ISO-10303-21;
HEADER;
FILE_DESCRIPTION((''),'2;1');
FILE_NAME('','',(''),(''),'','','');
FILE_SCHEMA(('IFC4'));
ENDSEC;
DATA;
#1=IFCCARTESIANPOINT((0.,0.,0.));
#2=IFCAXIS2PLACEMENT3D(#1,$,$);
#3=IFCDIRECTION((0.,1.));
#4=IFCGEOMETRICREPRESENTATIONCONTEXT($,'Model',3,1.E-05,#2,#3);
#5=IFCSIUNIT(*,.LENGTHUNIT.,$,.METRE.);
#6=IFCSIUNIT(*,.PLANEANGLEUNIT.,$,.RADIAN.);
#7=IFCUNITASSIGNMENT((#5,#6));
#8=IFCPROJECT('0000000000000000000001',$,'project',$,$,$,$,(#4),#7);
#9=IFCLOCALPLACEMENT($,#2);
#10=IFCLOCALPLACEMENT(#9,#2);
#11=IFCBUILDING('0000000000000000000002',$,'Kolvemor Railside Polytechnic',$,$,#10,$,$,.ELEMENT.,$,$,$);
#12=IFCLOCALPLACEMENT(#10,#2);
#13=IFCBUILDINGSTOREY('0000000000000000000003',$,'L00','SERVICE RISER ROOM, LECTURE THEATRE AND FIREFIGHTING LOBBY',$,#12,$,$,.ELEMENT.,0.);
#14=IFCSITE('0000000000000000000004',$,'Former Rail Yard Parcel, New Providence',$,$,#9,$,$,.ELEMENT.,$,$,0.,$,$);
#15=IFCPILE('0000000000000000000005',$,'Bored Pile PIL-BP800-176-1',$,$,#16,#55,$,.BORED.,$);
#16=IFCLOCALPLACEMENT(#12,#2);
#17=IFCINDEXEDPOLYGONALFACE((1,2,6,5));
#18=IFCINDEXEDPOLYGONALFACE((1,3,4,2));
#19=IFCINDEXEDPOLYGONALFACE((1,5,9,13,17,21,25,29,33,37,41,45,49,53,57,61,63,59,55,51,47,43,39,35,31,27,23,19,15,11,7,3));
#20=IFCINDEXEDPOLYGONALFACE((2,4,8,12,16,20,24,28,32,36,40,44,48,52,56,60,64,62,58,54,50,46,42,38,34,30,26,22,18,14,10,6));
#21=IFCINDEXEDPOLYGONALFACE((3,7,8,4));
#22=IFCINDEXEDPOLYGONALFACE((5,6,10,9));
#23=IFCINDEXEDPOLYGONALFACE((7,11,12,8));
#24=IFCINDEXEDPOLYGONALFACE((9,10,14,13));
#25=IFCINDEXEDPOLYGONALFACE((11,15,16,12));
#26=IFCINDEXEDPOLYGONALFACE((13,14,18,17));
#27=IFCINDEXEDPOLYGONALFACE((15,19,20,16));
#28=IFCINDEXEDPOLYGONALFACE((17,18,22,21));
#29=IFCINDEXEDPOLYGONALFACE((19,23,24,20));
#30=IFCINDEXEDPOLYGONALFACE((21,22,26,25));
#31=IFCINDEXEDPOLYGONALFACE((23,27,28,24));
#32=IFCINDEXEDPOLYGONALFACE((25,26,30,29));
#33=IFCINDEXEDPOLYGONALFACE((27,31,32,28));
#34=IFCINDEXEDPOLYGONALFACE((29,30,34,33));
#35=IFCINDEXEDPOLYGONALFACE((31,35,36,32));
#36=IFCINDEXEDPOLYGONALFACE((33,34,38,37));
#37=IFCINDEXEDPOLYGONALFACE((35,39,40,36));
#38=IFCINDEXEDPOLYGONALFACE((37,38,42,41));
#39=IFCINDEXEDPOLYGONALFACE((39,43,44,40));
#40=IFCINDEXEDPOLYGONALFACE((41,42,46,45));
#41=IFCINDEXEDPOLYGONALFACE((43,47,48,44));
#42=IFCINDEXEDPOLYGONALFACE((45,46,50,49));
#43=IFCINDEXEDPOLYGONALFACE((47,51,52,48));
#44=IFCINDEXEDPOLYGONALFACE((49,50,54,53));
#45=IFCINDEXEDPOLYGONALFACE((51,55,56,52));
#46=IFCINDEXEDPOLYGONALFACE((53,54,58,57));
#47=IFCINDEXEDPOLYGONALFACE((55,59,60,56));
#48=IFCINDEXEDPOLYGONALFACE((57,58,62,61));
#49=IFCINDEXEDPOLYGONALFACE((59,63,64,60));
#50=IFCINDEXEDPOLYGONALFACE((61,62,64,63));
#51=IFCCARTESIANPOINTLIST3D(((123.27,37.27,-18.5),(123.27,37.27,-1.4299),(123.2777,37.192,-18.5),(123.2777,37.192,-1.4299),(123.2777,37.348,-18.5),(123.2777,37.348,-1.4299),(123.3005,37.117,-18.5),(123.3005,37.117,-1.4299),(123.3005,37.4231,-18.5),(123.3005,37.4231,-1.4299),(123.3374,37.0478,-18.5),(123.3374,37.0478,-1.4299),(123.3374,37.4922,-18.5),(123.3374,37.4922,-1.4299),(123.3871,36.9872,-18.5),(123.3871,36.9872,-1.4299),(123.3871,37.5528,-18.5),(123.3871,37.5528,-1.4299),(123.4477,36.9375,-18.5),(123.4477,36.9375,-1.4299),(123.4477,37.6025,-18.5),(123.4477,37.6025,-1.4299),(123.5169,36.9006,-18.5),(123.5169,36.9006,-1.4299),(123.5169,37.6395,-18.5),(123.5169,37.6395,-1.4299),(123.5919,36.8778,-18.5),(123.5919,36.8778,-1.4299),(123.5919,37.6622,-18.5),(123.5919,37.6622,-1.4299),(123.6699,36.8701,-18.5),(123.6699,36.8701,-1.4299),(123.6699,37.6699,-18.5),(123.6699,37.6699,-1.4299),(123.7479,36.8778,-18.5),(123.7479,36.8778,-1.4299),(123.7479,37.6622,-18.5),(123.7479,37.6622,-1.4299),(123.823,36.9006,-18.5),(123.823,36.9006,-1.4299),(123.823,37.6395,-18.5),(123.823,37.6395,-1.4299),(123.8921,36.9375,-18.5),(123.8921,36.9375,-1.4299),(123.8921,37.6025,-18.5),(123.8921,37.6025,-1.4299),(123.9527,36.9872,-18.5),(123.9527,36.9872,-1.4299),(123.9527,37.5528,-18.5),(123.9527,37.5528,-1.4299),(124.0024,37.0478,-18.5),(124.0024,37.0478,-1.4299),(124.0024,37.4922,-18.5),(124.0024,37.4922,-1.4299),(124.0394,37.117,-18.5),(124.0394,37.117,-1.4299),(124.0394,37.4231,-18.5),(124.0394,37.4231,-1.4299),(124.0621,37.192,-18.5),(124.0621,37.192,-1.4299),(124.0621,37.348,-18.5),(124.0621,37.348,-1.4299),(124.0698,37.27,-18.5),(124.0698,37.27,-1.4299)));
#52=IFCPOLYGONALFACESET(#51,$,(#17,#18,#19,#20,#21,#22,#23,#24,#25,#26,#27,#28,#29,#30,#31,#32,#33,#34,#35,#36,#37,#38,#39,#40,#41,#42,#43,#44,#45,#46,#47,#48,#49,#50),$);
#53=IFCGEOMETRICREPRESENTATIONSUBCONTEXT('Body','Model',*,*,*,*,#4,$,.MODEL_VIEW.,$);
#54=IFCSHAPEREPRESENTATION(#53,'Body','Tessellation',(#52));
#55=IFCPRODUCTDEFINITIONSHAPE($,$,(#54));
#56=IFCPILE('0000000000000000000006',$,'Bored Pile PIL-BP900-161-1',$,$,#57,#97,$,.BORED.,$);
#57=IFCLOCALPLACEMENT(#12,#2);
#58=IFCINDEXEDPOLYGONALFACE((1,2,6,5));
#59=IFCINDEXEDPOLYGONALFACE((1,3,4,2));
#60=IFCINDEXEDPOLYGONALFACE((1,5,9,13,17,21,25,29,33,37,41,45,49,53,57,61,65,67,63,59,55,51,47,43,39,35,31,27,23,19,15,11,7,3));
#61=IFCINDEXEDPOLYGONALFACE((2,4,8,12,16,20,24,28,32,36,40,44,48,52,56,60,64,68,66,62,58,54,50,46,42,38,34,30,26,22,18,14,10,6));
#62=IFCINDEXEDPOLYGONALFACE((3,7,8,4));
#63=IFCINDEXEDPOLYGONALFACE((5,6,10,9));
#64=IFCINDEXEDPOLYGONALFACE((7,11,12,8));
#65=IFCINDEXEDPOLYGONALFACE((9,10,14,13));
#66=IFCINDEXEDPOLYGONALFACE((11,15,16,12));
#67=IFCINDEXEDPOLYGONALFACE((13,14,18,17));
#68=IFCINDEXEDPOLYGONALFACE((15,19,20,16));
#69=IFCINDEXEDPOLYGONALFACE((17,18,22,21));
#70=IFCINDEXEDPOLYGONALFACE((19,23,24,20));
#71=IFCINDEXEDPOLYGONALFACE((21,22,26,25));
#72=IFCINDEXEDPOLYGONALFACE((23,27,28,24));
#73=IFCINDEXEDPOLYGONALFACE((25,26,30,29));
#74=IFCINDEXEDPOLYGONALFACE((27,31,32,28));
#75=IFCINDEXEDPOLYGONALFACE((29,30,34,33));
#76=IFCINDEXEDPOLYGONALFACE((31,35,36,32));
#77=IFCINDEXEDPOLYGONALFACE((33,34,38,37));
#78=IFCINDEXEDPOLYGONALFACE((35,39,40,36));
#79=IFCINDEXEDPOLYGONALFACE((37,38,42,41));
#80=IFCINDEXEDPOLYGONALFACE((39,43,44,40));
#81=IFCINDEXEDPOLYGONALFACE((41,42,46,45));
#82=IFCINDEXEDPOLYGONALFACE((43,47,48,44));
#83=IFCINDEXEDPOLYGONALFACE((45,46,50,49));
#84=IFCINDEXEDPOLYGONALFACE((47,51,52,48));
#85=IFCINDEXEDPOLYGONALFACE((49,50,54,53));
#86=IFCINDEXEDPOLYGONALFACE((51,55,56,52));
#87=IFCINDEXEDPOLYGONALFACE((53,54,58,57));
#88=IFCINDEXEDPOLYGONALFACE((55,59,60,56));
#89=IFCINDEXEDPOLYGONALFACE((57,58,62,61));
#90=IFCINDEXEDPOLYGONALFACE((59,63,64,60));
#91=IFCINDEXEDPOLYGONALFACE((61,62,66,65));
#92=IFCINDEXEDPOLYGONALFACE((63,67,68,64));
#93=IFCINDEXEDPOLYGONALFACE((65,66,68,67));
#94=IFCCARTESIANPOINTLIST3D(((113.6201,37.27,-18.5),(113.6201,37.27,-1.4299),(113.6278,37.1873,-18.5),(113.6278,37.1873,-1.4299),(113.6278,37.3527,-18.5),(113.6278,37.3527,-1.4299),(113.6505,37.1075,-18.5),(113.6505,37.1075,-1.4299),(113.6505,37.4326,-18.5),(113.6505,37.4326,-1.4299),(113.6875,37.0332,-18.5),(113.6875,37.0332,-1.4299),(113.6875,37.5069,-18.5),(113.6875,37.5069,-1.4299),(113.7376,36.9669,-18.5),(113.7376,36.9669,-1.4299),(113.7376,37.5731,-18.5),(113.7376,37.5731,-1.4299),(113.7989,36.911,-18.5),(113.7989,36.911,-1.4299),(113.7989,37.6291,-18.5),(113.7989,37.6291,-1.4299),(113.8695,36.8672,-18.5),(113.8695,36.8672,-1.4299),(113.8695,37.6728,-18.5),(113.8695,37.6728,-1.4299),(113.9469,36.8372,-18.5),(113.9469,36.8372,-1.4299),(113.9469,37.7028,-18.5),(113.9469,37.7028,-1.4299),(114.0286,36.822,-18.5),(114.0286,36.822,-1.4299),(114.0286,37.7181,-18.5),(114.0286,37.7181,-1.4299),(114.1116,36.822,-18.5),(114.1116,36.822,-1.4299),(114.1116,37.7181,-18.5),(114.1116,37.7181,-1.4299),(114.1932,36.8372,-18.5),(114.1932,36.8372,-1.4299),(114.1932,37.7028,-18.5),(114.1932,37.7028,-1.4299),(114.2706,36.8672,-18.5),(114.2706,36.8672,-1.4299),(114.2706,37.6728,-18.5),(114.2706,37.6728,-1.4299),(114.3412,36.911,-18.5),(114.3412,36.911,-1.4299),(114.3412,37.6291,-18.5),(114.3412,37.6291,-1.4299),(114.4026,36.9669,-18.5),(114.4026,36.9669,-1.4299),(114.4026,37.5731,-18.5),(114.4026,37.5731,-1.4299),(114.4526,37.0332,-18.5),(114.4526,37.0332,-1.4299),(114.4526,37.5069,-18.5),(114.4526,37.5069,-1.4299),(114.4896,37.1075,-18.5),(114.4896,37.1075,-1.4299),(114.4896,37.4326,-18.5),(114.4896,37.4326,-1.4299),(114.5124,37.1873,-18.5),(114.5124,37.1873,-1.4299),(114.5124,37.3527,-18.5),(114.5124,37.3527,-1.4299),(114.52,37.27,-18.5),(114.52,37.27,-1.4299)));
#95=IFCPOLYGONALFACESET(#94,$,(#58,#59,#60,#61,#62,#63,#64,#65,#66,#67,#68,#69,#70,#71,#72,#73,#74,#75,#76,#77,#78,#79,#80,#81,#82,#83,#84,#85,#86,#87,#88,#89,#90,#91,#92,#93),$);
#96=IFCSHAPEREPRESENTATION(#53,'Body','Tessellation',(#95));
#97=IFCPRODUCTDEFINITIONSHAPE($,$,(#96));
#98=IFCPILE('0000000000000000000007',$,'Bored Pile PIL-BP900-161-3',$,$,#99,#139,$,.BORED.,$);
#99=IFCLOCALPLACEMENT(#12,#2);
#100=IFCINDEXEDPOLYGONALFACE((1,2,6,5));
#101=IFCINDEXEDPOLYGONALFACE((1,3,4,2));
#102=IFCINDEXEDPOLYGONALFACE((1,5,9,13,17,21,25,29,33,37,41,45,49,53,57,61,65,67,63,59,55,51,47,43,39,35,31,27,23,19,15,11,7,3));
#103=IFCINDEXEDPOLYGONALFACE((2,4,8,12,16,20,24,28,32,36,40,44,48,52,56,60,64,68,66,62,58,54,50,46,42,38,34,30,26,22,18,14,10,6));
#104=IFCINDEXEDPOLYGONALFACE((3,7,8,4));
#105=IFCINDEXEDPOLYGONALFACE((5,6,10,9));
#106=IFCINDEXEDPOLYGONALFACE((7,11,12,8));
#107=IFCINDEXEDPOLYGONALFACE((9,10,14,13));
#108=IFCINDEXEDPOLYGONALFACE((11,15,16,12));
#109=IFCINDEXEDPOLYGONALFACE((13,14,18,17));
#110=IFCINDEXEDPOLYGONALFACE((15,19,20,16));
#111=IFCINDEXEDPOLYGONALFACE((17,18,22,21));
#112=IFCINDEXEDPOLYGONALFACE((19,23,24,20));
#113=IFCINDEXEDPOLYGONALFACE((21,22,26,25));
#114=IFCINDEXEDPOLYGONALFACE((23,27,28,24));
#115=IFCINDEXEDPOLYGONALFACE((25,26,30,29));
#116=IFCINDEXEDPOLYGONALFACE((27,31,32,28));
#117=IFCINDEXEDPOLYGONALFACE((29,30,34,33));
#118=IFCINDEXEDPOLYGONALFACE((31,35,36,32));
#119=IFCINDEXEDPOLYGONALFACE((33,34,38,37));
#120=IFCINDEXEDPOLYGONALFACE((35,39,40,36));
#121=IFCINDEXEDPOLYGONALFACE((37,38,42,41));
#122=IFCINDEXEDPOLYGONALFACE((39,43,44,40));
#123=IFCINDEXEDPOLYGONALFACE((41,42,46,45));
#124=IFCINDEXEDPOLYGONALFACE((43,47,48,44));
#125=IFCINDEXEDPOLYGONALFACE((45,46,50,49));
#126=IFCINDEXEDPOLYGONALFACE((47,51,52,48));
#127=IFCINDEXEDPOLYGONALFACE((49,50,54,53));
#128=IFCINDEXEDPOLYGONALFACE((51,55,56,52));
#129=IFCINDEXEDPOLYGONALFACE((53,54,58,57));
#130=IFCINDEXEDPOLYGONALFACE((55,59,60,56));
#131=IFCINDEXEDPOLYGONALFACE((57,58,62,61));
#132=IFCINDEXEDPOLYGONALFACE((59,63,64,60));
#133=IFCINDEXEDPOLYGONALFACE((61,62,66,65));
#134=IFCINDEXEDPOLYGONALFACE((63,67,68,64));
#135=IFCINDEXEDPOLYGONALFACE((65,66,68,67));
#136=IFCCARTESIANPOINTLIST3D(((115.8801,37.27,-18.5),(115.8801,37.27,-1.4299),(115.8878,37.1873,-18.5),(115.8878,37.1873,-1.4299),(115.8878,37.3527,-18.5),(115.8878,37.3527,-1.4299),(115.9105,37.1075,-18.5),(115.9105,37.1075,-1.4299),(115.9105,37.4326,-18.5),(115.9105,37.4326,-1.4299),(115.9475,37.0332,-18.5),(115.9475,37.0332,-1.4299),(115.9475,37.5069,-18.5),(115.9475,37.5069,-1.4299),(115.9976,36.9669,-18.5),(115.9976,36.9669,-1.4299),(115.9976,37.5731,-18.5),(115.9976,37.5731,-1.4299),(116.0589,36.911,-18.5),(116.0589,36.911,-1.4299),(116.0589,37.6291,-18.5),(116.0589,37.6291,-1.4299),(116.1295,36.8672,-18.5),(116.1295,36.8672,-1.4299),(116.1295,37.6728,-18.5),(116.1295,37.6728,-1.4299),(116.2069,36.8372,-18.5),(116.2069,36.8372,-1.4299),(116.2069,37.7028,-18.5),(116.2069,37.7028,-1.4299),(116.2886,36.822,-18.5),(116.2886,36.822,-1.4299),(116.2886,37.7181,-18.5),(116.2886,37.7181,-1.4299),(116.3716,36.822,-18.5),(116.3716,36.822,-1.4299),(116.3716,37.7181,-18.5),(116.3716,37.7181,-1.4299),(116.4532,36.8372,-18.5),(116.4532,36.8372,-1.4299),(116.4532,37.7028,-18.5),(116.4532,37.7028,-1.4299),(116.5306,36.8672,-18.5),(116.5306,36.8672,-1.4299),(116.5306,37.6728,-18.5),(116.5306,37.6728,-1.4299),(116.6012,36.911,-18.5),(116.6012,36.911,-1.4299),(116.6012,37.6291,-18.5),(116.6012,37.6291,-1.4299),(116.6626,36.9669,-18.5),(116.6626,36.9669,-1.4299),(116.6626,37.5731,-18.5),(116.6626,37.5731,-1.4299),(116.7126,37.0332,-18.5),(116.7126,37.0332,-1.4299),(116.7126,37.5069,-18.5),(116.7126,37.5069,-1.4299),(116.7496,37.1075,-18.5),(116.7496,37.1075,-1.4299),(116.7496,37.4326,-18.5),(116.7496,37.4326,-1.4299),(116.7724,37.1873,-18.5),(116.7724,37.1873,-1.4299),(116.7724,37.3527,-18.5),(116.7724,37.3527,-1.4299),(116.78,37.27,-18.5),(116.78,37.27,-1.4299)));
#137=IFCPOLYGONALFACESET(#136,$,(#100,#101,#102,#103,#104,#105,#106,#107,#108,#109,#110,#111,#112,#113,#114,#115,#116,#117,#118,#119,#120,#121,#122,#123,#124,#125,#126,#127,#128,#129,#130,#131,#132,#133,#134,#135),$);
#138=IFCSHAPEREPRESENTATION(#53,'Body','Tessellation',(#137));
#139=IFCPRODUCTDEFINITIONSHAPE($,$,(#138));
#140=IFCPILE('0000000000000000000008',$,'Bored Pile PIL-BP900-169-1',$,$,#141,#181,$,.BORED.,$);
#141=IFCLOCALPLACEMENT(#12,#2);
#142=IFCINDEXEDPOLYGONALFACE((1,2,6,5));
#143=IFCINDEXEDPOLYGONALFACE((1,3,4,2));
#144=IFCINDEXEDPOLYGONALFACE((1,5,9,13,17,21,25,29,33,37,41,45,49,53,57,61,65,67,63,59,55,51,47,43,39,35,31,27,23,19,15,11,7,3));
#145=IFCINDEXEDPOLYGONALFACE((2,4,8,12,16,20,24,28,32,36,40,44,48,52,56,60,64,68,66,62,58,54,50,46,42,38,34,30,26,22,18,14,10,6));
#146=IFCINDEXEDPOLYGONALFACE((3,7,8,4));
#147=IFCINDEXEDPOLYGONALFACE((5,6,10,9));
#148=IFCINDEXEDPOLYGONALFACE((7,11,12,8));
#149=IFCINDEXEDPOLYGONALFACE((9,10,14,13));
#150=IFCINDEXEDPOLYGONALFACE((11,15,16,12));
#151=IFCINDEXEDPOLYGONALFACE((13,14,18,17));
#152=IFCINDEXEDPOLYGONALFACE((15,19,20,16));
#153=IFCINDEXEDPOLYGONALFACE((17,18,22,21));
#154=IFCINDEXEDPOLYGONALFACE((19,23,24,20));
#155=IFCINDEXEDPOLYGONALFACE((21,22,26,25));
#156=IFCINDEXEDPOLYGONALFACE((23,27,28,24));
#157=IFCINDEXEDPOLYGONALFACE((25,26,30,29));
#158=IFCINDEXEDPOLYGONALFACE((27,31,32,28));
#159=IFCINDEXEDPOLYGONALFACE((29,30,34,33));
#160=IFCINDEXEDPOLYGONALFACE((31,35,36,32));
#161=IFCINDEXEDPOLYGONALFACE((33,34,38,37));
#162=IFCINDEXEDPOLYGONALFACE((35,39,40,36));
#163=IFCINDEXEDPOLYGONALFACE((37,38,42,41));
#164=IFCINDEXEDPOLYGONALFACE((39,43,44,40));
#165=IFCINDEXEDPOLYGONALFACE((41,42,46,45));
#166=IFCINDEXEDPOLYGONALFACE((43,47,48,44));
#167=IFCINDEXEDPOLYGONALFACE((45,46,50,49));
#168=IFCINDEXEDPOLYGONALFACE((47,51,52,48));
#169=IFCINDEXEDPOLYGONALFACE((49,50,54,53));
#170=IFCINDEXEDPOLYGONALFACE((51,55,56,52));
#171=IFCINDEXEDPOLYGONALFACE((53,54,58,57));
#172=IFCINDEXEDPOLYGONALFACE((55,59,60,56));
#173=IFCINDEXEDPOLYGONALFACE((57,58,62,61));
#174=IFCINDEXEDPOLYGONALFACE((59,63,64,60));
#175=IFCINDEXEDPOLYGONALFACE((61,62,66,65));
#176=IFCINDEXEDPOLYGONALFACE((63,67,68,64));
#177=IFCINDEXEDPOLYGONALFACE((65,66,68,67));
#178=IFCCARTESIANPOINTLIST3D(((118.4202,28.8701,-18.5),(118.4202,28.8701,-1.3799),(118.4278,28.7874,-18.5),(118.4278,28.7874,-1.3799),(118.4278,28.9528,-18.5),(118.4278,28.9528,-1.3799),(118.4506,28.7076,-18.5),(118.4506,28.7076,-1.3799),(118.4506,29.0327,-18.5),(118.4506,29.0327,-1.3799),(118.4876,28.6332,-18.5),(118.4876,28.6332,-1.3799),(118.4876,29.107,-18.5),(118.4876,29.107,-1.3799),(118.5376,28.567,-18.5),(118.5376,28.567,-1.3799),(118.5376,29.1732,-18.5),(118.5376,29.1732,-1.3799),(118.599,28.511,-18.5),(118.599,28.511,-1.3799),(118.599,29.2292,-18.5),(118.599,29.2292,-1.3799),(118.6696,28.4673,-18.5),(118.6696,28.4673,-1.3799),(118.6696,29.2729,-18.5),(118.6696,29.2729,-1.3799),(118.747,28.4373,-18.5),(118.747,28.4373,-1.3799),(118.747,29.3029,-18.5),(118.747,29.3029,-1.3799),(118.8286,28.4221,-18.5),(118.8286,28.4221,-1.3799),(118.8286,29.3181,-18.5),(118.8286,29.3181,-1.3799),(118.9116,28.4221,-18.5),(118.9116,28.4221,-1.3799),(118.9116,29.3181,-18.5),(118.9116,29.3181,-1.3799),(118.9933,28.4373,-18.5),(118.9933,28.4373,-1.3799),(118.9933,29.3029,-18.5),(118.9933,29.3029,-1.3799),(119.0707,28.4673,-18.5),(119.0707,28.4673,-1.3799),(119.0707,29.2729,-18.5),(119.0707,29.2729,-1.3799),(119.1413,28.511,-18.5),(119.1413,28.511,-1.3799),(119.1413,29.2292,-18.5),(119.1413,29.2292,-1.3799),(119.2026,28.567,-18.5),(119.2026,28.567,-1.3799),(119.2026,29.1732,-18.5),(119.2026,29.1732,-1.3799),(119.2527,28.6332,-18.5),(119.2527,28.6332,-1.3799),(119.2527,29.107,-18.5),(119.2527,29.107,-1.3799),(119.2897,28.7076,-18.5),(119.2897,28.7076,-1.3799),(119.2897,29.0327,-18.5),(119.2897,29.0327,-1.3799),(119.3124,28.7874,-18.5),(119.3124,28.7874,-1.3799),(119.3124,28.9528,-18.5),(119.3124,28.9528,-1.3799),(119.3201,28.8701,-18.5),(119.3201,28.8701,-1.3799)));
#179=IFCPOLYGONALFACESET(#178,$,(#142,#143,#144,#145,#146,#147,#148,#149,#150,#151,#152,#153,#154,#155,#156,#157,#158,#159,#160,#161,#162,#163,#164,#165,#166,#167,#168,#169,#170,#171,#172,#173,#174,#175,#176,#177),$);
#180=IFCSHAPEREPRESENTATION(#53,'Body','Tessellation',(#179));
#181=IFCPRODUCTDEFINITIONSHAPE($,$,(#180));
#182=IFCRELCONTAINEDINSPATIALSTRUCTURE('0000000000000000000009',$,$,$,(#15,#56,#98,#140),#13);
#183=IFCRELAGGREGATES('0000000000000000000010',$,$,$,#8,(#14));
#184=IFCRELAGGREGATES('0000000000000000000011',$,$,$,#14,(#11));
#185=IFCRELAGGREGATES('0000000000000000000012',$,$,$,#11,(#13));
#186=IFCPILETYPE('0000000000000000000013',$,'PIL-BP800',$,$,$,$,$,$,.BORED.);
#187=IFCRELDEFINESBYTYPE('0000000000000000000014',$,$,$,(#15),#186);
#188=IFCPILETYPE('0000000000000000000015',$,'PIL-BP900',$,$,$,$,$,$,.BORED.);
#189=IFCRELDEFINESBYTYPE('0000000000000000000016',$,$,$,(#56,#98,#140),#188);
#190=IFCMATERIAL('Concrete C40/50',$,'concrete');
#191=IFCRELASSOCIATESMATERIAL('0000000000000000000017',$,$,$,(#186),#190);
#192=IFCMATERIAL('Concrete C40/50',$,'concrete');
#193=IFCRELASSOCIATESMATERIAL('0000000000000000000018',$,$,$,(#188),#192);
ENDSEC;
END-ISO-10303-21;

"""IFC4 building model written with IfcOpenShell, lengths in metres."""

from ifc_helpers import new_model, si_unit, direction, frame, origin, origin_2d, place, context, subcontext, project, spatial, circle, extrude, material, material_profile, profile_set, type_object, element, save


model = new_model("IFC4")

# Units and contexts
model_context = context("Model", 3, precision=1e-05, world=origin(), true_north=direction((0.0, 1.0)))
body_context = subcontext(model_context, "Body", "Model", "MODEL_VIEW")
ifc_project = project(units=[si_unit("LENGTHUNIT", "METRE"), si_unit("PLANEANGLEUNIT", "RADIAN")], contexts=[model_context])

# Site, building, storey
site_placement = place(None, origin())
site = spatial("IfcSite", under=ifc_project, at=site_placement, Name="Former Rail Yard Parcel, New Providence", CompositionType="ELEMENT", RefElevation=0.0)
building_placement = place(site_placement, origin())
building = spatial("IfcBuilding", under=site, at=building_placement, Name="Kolvemor Railside Polytechnic", CompositionType="ELEMENT")
storey_placement = place(building_placement, origin())
storey = spatial("IfcBuildingStorey", under=building, at=storey_placement, Name="L00", Description="SERVICE RISER ROOM, LECTURE THEATRE AND FIREFIGHTING LOBBY", CompositionType="ELEMENT", Elevation=0.0)

# Piles
ifc_material_1 = material(Name="Concrete C40/50", Category="concrete")
ifc_material_profile_1 = material_profile(ifc_material_1, circle(Radius=0.3999, at=origin_2d()), Name="BP800")
ifc_profile_set_1 = profile_set([ifc_material_profile_1], Name="Concrete C40/50")
pile_type_1 = type_object("IfcPileType", Name="PIL-BP800", PredefinedType="BORED", material=ifc_profile_set_1)
pile_placement = place(storey_placement, frame((123.6699, 37.27, -1.4299), z_axis=(0.0, 0.0, -1.0), x_axis=(1.0, 0.0, 0.0)))
element("IfcPile", 1, at=pile_placement, inside=storey, type_object=pile_type_1, Name="Bored Pile PIL-BP800-176-1", PredefinedType="BORED", context=body_context, shape_type="SweptSolid", body=[
    extrude(circle(Radius=0.3999, at=origin_2d()), origin(), (0.0, 0.0, 1.0), 17.0701),
])
ifc_material_2 = material(Name="Concrete C40/50", Category="concrete")
ifc_material_profile_2 = material_profile(ifc_material_2, circle(Radius=0.45, at=origin_2d()), Name="BP900")
ifc_profile_set_2 = profile_set([ifc_material_profile_2], Name="Concrete C40/50")
pile_type_2 = type_object("IfcPileType", Name="PIL-BP900", PredefinedType="BORED", material=ifc_profile_set_2)
for number, where, z_axis, x_axis, name in (
    (2, (114.0701, 37.27, -1.4299), (0.0, 0.0, -1.0), (1.0, 0.0, 0.0), "Bored Pile PIL-BP900-161-1"),
    (3, (116.3301, 37.27, -1.4299), (0.0, 0.0, -1.0), (1.0, 0.0, 0.0), "Bored Pile PIL-BP900-161-3"),
):
    element("IfcPile", number, at=place(storey_placement, frame(where, z_axis=z_axis, x_axis=x_axis)), inside=storey, type_object=pile_type_2, Name=name, PredefinedType="BORED", context=body_context, shape_type="SweptSolid", body=[
        extrude(circle(Radius=0.45, at=origin_2d()), origin(), (0.0, 0.0, 1.0), 17.0701),
    ])
for number, where, z_axis, x_axis, name in (
    (4, (118.8701, 28.8701, -1.3799), (0.0, 0.0, -1.0), (1.0, 0.0, 0.0), "Bored Pile PIL-BP900-169-1"),
):
    element("IfcPile", number, at=place(storey_placement, frame(where, z_axis=z_axis, x_axis=x_axis)), inside=storey, type_object=pile_type_2, Name=name, PredefinedType="BORED", context=body_context, shape_type="SweptSolid", body=[
        extrude(circle(Radius=0.45, at=origin_2d()), origin(), (0.0, 0.0, 1.0), 17.1201),
    ])

save(model, "model.ifc")
